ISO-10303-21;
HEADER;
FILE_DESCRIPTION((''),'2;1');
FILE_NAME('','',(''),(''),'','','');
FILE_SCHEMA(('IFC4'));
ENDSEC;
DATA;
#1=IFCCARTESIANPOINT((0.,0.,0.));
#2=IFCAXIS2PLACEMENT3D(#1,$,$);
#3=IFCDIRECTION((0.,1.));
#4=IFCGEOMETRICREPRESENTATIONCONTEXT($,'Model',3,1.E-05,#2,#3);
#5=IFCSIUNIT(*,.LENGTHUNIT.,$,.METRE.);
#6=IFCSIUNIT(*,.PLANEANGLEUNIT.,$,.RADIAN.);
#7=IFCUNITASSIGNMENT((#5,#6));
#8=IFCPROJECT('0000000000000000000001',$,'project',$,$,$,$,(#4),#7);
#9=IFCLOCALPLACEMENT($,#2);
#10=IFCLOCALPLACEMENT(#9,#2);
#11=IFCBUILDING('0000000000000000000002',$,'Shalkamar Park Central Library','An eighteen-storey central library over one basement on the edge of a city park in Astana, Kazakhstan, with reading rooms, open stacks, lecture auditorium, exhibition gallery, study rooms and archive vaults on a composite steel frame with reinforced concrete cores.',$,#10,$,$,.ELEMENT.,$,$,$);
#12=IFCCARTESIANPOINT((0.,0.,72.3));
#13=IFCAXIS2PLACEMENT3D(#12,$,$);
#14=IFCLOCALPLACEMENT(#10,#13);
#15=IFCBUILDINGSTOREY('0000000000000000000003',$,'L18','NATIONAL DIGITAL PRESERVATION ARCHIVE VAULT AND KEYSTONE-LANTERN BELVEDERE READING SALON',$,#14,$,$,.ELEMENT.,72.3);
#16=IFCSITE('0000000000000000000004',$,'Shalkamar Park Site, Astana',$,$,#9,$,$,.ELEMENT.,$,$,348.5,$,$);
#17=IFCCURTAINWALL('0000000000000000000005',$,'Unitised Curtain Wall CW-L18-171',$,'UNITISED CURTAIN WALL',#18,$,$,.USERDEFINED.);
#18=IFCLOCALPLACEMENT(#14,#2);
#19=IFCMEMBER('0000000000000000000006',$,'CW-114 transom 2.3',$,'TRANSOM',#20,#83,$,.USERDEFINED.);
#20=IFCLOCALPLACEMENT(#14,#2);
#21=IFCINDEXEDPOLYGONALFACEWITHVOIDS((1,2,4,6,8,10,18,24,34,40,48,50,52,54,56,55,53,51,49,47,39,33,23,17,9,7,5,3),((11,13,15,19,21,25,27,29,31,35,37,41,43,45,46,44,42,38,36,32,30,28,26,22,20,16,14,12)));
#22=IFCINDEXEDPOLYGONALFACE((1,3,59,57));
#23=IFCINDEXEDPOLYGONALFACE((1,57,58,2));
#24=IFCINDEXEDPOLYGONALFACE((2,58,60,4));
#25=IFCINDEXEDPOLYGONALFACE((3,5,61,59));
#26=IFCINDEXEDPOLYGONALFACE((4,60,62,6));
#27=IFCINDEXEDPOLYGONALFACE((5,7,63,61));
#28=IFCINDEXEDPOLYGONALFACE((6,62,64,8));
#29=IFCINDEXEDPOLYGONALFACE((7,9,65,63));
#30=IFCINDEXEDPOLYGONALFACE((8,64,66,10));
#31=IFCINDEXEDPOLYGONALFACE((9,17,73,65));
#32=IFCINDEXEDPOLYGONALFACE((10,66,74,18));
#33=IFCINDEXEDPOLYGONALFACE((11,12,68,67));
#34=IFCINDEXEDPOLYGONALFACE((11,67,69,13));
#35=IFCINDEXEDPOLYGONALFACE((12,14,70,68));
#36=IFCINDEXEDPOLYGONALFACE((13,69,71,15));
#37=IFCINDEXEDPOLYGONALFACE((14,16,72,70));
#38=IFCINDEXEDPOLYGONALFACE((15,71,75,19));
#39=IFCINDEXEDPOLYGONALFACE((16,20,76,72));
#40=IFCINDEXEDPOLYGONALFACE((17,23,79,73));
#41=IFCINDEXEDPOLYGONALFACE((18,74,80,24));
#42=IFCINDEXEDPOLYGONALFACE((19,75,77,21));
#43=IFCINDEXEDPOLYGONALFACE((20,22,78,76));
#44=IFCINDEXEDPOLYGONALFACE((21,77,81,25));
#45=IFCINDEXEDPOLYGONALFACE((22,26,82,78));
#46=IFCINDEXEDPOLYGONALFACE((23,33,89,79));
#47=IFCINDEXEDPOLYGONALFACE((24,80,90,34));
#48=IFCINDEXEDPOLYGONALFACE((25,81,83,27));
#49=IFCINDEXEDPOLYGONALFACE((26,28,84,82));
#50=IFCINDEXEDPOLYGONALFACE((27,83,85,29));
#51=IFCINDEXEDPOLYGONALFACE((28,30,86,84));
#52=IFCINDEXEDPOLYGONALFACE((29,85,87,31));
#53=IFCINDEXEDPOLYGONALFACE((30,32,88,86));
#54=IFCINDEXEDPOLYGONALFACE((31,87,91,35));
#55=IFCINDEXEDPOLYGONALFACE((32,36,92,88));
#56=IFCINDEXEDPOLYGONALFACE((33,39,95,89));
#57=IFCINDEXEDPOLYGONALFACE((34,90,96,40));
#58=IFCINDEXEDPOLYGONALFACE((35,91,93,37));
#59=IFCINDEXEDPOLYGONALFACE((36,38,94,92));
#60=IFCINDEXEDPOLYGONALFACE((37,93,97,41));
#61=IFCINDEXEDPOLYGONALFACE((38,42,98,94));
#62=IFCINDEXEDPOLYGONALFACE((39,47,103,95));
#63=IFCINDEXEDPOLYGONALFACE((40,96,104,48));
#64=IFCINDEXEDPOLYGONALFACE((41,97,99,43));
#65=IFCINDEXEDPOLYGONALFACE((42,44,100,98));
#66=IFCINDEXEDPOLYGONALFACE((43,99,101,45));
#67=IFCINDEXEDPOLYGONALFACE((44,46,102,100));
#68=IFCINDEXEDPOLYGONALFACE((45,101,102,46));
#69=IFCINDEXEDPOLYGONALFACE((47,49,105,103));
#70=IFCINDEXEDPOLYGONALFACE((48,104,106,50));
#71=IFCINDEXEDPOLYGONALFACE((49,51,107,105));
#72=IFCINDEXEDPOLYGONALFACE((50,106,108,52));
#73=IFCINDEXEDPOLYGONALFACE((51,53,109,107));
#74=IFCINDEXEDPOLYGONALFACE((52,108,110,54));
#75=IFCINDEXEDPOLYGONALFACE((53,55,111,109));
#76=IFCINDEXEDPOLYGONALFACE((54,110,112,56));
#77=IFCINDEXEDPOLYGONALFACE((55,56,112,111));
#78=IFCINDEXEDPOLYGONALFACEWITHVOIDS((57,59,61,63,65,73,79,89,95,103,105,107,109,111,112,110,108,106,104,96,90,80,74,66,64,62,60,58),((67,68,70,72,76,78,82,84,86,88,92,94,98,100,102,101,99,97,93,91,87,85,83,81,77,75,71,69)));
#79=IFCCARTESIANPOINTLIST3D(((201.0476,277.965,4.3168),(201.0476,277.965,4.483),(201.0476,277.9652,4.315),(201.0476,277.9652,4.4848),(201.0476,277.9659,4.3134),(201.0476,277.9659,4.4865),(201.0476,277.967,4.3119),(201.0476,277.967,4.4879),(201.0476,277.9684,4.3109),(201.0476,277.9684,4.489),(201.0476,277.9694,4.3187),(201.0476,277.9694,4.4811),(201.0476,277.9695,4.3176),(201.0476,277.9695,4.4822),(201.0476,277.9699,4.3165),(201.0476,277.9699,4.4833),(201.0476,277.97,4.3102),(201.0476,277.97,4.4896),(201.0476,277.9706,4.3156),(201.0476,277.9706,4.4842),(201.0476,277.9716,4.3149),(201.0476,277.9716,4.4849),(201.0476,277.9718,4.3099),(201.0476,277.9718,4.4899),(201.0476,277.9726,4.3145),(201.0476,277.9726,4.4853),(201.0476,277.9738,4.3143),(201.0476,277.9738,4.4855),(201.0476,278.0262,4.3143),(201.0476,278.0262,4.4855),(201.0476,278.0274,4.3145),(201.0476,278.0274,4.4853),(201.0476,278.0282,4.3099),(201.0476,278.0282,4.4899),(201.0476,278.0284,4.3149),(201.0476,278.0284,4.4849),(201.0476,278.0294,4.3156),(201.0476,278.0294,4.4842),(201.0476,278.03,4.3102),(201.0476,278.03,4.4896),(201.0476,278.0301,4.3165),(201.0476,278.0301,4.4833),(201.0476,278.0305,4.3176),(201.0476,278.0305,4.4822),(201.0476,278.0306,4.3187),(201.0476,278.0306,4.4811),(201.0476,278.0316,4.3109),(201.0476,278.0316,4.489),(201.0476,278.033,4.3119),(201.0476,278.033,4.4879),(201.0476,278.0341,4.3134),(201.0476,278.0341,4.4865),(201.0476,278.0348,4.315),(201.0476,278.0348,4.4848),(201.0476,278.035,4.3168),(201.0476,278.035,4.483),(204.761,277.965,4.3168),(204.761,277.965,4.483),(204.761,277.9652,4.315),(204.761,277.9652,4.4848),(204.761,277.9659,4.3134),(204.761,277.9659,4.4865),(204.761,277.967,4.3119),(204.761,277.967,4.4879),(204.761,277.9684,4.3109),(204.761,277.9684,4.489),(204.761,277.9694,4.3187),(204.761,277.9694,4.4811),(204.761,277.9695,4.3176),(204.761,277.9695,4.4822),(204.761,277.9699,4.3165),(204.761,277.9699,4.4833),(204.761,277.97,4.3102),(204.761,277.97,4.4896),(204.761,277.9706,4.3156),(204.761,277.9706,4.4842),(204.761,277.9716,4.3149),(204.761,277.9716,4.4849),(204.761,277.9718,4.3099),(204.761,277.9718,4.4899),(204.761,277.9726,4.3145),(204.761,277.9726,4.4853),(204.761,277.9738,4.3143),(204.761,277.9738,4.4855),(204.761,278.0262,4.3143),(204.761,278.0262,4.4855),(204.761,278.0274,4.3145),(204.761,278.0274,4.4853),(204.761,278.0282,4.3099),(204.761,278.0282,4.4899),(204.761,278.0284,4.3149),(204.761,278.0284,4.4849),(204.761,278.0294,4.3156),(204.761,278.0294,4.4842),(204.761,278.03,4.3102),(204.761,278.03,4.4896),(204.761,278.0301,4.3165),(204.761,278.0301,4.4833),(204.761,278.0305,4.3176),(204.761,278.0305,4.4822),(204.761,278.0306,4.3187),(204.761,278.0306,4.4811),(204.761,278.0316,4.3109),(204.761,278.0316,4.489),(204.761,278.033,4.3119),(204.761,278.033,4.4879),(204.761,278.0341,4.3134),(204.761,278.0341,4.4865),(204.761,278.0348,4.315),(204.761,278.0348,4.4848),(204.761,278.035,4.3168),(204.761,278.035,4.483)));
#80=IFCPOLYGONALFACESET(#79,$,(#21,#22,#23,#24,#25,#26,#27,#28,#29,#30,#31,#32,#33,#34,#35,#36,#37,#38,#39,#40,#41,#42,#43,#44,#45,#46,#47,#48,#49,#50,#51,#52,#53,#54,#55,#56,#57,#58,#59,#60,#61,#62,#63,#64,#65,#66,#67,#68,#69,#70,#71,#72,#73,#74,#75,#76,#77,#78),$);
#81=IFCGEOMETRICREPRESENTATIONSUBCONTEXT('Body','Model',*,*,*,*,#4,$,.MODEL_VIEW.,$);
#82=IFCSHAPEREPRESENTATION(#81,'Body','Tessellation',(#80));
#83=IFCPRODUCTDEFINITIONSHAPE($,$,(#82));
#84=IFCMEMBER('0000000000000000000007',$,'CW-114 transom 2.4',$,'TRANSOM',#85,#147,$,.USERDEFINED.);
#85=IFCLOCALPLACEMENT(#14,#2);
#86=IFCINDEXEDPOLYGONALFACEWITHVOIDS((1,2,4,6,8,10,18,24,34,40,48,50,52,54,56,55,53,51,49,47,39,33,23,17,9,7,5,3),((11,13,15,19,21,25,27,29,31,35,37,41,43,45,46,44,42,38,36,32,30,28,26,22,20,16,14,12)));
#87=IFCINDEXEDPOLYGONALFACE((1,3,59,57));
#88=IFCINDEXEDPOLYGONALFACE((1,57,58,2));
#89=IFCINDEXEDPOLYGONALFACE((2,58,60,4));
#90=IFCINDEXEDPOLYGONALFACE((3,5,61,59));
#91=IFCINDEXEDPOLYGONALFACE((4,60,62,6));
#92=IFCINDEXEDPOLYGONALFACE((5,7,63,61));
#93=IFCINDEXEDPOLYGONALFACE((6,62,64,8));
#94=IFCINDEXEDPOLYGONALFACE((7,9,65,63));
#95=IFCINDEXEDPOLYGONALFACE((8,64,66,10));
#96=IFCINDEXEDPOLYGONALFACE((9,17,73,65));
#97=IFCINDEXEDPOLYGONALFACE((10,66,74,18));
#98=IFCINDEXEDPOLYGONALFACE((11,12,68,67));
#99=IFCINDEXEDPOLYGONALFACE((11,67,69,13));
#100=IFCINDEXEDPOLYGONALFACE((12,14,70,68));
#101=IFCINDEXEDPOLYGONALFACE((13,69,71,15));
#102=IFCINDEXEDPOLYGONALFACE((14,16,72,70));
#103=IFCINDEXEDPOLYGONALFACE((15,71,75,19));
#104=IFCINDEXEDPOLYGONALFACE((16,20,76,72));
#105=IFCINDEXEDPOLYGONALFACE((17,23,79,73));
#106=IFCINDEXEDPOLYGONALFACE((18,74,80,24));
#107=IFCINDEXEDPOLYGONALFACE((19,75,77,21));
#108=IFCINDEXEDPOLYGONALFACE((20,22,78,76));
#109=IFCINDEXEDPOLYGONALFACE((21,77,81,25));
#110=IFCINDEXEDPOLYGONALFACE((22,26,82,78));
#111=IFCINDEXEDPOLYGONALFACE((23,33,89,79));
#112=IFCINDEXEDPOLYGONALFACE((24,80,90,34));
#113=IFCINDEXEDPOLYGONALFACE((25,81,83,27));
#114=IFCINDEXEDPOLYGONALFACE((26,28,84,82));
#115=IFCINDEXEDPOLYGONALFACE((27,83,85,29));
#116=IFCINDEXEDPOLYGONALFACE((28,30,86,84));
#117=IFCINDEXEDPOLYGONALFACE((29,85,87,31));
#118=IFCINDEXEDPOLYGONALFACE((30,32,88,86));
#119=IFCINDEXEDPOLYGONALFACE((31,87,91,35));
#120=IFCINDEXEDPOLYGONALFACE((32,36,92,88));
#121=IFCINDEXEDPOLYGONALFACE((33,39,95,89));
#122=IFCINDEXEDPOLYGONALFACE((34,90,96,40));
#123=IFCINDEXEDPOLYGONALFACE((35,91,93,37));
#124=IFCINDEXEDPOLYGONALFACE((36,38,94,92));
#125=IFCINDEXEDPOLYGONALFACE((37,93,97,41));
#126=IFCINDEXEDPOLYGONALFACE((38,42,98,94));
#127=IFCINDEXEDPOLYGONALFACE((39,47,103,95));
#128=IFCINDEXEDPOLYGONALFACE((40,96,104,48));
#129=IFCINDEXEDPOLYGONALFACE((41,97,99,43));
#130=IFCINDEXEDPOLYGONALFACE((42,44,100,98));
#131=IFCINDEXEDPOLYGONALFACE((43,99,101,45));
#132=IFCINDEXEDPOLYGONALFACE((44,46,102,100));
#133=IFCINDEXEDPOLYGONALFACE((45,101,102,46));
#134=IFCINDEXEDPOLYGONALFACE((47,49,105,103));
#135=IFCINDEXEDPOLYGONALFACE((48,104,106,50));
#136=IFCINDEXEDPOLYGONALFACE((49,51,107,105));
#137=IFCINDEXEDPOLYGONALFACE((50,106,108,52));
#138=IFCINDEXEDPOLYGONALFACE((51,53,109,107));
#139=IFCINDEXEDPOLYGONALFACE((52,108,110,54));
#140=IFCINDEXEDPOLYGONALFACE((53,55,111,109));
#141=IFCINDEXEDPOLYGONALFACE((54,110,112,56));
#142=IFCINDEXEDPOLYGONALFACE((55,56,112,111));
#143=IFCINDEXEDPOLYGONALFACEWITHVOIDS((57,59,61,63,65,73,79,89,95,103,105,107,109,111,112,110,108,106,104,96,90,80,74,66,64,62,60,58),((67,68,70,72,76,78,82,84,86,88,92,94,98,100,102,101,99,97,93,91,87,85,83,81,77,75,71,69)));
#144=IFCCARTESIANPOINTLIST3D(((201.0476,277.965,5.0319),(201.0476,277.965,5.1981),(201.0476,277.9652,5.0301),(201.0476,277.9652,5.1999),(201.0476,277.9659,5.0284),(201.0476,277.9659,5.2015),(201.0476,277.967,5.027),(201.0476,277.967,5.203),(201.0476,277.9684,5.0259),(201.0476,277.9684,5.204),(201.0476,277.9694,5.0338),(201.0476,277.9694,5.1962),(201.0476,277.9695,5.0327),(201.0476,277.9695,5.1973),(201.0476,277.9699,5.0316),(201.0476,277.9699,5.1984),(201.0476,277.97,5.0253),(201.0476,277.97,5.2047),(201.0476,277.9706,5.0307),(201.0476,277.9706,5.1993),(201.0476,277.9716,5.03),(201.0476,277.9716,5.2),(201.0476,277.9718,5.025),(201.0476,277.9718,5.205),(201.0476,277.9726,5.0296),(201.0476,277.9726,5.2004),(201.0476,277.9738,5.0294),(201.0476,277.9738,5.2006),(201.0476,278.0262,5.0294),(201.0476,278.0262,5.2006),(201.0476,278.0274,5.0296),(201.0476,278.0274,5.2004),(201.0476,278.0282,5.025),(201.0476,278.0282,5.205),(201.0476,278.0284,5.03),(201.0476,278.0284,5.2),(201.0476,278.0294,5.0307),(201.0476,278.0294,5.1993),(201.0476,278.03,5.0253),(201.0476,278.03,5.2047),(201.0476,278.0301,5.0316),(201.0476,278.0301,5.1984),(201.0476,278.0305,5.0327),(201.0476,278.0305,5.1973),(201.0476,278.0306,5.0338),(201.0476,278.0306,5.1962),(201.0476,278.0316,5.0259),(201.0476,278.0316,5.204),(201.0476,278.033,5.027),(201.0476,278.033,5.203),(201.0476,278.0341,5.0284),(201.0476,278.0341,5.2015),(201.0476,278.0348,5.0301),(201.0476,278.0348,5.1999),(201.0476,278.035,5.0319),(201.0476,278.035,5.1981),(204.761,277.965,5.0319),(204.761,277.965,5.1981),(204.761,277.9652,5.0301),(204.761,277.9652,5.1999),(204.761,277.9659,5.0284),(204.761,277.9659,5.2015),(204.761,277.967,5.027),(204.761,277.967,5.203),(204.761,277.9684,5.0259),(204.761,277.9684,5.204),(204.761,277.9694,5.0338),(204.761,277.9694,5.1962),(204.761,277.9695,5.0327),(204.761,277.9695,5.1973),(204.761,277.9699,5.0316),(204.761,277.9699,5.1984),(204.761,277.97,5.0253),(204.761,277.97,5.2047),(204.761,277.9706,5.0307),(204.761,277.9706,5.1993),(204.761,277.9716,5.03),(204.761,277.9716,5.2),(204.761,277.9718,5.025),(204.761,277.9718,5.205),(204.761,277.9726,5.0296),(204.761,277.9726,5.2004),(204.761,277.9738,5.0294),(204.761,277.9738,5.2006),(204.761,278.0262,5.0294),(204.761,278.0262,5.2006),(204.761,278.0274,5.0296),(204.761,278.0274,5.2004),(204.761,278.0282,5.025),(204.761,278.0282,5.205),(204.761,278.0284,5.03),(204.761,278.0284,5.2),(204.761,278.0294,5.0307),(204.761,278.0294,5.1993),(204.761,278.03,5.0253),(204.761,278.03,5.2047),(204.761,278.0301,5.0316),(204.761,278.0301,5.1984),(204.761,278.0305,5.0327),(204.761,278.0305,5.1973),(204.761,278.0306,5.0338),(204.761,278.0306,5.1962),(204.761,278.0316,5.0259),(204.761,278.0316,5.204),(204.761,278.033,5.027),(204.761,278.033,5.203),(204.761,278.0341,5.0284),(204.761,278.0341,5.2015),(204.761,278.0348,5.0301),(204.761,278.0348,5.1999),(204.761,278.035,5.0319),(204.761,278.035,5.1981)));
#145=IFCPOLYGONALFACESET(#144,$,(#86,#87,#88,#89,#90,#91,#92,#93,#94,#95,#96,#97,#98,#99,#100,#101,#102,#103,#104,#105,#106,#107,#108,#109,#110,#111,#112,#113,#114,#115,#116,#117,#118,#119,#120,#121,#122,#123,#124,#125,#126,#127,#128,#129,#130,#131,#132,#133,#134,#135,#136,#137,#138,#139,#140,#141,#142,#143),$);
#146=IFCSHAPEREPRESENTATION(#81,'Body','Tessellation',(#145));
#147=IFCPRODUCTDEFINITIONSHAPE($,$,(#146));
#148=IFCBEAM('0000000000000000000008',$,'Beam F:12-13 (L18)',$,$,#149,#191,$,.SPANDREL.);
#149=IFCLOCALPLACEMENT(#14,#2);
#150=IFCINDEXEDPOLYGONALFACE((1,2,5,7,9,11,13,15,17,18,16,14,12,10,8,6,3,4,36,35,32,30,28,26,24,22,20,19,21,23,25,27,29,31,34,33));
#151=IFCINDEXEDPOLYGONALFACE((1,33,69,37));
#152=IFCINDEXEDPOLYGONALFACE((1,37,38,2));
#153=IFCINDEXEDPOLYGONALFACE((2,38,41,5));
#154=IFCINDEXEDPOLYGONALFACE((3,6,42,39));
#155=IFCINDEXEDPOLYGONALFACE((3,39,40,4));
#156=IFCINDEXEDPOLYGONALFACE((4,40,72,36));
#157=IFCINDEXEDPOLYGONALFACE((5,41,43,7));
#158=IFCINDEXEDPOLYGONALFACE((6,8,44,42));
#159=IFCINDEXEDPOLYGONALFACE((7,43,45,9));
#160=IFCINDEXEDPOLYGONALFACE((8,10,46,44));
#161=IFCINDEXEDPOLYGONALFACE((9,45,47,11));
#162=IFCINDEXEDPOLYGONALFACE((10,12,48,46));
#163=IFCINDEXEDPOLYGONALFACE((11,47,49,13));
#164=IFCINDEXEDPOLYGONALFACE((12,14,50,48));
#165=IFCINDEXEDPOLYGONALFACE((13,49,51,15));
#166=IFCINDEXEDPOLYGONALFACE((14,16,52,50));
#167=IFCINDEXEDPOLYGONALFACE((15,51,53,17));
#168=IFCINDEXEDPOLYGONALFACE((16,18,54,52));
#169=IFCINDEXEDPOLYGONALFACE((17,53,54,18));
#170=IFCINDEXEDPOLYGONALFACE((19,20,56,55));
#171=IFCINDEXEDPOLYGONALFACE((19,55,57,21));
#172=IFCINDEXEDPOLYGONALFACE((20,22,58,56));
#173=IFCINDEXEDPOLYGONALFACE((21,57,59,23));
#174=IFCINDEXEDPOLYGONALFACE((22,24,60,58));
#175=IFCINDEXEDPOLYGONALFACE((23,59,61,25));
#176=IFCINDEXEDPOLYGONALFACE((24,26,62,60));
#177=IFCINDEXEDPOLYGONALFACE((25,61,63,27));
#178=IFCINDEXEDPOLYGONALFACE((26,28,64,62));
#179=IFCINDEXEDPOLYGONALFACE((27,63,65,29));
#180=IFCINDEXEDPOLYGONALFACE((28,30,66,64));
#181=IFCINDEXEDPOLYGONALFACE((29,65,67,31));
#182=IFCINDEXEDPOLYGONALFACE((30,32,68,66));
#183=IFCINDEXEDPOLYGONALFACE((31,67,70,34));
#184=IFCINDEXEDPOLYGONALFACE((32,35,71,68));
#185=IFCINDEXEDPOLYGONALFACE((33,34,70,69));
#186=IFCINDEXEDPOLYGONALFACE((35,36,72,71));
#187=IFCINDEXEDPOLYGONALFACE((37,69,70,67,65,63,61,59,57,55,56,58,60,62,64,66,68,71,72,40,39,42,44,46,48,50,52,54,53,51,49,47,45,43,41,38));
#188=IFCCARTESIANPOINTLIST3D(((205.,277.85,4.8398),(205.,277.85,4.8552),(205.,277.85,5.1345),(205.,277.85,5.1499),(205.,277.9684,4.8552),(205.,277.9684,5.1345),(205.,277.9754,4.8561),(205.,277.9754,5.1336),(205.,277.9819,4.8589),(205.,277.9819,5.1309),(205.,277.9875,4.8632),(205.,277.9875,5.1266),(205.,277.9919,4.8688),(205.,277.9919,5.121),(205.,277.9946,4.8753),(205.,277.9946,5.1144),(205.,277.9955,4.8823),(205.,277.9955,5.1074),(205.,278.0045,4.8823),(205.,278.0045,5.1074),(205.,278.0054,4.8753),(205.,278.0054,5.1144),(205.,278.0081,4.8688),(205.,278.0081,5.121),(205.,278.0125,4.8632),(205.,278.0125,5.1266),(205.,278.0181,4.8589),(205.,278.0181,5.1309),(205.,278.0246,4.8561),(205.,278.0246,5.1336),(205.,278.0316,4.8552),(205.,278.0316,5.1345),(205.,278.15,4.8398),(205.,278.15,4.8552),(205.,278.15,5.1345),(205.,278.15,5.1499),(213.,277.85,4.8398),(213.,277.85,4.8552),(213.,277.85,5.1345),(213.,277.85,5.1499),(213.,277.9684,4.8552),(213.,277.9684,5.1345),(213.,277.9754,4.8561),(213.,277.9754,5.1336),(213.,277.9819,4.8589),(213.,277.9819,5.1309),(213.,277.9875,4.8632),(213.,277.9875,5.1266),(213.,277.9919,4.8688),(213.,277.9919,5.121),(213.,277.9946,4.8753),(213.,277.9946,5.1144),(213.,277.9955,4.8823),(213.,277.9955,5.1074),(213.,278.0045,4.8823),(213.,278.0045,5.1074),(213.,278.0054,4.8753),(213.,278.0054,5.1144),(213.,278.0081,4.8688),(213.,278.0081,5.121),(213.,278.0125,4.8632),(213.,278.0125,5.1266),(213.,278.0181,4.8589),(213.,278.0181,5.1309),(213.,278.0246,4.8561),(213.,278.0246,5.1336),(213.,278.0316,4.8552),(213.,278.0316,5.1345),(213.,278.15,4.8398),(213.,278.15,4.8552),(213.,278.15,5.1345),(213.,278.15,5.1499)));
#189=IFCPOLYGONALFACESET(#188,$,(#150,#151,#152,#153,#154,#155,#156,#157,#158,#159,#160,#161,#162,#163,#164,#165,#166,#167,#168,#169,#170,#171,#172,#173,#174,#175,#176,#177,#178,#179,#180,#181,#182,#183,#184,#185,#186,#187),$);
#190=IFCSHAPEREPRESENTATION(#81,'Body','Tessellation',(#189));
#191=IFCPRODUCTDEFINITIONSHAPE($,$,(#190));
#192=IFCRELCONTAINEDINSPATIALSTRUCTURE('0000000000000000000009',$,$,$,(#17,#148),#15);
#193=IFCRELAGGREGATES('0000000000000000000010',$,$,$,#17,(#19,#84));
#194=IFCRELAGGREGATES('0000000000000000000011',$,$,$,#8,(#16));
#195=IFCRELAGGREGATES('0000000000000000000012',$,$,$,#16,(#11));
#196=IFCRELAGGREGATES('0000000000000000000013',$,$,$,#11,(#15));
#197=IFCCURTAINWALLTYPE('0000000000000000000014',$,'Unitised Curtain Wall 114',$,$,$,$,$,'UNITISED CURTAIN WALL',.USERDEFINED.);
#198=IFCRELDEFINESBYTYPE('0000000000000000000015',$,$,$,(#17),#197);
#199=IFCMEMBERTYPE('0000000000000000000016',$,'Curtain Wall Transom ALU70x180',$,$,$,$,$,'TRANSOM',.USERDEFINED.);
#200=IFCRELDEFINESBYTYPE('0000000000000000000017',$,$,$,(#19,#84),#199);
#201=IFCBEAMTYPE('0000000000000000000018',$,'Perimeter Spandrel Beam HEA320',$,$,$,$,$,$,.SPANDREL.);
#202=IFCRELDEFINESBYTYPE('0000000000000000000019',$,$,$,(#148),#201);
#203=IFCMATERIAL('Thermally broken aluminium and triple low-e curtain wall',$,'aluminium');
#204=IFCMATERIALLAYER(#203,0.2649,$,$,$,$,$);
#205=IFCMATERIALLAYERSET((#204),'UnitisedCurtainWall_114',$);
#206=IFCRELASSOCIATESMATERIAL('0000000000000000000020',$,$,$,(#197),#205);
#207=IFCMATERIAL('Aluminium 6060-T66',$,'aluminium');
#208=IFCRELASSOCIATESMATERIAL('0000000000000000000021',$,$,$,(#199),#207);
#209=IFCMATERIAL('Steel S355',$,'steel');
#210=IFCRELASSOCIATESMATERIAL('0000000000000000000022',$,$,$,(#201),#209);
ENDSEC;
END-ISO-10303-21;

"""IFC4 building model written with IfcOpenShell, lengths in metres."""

from ifc_helpers import new_model, si_unit, direction, frame, origin, origin_2d, place, context, subcontext, project, spatial, hollow_rectangle, i_section, extrude, material, layer, layer_set, material_profile, profile_set, type_object, element, aggregate, save


model = new_model("IFC4")

# Units and contexts
model_context = context("Model", 3, precision=1e-05, world=origin(), true_north=direction((0.0, 1.0)))
body_context = subcontext(model_context, "Body", "Model", "MODEL_VIEW")
ifc_project = project(units=[si_unit("LENGTHUNIT", "METRE"), si_unit("PLANEANGLEUNIT", "RADIAN")], contexts=[model_context])

# Site, building, storey
site_placement = place(None, origin())
site = spatial("IfcSite", under=ifc_project, at=site_placement, Name="Shalkamar Park Site, Astana", CompositionType="ELEMENT", RefElevation=348.5)
building_placement = place(site_placement, origin())
building = spatial("IfcBuilding", under=site, at=building_placement, Name="Shalkamar Park Central Library", Description="An eighteen-storey central library over one basement on the edge of a city park in Astana, Kazakhstan, with reading rooms, open stacks, lecture auditorium, exhibition gallery, study rooms and archive vaults on a composite steel frame with reinforced concrete cores.", CompositionType="ELEMENT")
storey_placement = place(building_placement, frame((0.0, 0.0, 72.3)))
storey = spatial("IfcBuildingStorey", under=building, at=storey_placement, Name="L18", Description="NATIONAL DIGITAL PRESERVATION ARCHIVE VAULT AND KEYSTONE-LANTERN BELVEDERE READING SALON", CompositionType="ELEMENT", Elevation=72.3)

# Shared definitions
ifc_material_1 = material(Name="Steel S355", Category="steel")

# Curtain wall, members
ifc_material_2 = material(Name="Thermally broken aluminium and triple low-e curtain wall", Category="aluminium")
ifc_layer_1 = layer(ifc_material_2, 0.2649)
ifc_layer_set_1 = layer_set([ifc_layer_1], Name="UnitisedCurtainWall_114")
curtain_wall_type = type_object("IfcCurtainWallType", Name="Unitised Curtain Wall 114", ElementType="UNITISED CURTAIN WALL", PredefinedType="USERDEFINED", material=ifc_layer_set_1)
curtain_wall_placement = place(storey_placement, origin())
curtain_wall = element("IfcCurtainWall", 1, at=curtain_wall_placement, inside=storey, type_object=curtain_wall_type, Name="Unitised Curtain Wall CW-L18-171", ObjectType="UNITISED CURTAIN WALL", PredefinedType="USERDEFINED")
ifc_material_3 = material(Name="Aluminium 6060-T66", Category="aluminium")
ifc_material_profile_1 = material_profile(ifc_material_3, hollow_rectangle(XDim=0.0701, YDim=0.1799, WallThickness=0.0044, InnerFilletRadius=0.0044, OuterFilletRadius=0.0068, at=origin_2d()), Name="ALU 70x180x4.5")
ifc_profile_set_1 = profile_set([ifc_material_profile_1], Name="Aluminium 6060-T66")
member_type_1 = type_object("IfcMemberType", Name="Curtain Wall Transom ALU70x180", ElementType="TRANSOM", PredefinedType="USERDEFINED", material=ifc_profile_set_1)
member_1_placement = place(storey_placement, frame((201.0476, 278.0, 4.3999), z_axis=(1.0, 0.0, 0.0), x_axis=(0.0, 1.0, 0.0)))
member_1 = element("IfcMember", 2, at=member_1_placement, type_object=member_type_1, Name="CW-114 transom 2.3", ObjectType="TRANSOM", PredefinedType="USERDEFINED", context=body_context, shape_type="SweptSolid", body=[
    extrude(hollow_rectangle(XDim=0.0701, YDim=0.1799, WallThickness=0.0044, InnerFilletRadius=0.0044, OuterFilletRadius=0.0068, at=origin_2d()), origin(), (0.0, 0.0, 1.0), 3.7134),
])
member_2_placement = place(storey_placement, frame((201.0476, 278.0, 5.115), z_axis=(1.0, 0.0, 0.0), x_axis=(0.0, 1.0, 0.0)))
member_2 = element("IfcMember", 3, at=member_2_placement, type_object=member_type_1, Name="CW-114 transom 2.4", ObjectType="TRANSOM", PredefinedType="USERDEFINED", context=body_context, shape_type="SweptSolid", body=[
    extrude(hollow_rectangle(XDim=0.0701, YDim=0.1799, WallThickness=0.0044, InnerFilletRadius=0.0044, OuterFilletRadius=0.0068, at=origin_2d()), origin(), (0.0, 0.0, 1.0), 3.7134),
])

# Beam
ifc_material_profile_2 = material_profile(ifc_material_1, i_section(OverallWidth=0.3, OverallDepth=0.3101, WebThickness=0.009, FlangeThickness=0.0154, FilletRadius=0.0271, at=origin_2d()), Name="HEA 320")
ifc_profile_set_2 = profile_set([ifc_material_profile_2], Name="Steel S355")
beam_type_1 = type_object("IfcBeamType", Name="Perimeter Spandrel Beam HEA320", PredefinedType="SPANDREL", material=ifc_profile_set_2)
beam_1_placement = place(storey_placement, frame((205.0, 278.0, 4.9949), z_axis=(1.0, 0.0, 0.0), x_axis=(0.0, 1.0, 0.0)))
element("IfcBeam", 4, at=beam_1_placement, inside=storey, type_object=beam_type_1, Name="Beam F:12-13 (L18)", PredefinedType="SPANDREL", context=body_context, shape_type="SweptSolid", body=[
    extrude(i_section(OverallWidth=0.3, OverallDepth=0.3101, WebThickness=0.009, FlangeThickness=0.0154, FilletRadius=0.0271, at=origin_2d()), origin(), (0.0, 0.0, 1.0), 8.0),
])

aggregate(curtain_wall, [member_1, member_2])

save(model, "model.ifc")
